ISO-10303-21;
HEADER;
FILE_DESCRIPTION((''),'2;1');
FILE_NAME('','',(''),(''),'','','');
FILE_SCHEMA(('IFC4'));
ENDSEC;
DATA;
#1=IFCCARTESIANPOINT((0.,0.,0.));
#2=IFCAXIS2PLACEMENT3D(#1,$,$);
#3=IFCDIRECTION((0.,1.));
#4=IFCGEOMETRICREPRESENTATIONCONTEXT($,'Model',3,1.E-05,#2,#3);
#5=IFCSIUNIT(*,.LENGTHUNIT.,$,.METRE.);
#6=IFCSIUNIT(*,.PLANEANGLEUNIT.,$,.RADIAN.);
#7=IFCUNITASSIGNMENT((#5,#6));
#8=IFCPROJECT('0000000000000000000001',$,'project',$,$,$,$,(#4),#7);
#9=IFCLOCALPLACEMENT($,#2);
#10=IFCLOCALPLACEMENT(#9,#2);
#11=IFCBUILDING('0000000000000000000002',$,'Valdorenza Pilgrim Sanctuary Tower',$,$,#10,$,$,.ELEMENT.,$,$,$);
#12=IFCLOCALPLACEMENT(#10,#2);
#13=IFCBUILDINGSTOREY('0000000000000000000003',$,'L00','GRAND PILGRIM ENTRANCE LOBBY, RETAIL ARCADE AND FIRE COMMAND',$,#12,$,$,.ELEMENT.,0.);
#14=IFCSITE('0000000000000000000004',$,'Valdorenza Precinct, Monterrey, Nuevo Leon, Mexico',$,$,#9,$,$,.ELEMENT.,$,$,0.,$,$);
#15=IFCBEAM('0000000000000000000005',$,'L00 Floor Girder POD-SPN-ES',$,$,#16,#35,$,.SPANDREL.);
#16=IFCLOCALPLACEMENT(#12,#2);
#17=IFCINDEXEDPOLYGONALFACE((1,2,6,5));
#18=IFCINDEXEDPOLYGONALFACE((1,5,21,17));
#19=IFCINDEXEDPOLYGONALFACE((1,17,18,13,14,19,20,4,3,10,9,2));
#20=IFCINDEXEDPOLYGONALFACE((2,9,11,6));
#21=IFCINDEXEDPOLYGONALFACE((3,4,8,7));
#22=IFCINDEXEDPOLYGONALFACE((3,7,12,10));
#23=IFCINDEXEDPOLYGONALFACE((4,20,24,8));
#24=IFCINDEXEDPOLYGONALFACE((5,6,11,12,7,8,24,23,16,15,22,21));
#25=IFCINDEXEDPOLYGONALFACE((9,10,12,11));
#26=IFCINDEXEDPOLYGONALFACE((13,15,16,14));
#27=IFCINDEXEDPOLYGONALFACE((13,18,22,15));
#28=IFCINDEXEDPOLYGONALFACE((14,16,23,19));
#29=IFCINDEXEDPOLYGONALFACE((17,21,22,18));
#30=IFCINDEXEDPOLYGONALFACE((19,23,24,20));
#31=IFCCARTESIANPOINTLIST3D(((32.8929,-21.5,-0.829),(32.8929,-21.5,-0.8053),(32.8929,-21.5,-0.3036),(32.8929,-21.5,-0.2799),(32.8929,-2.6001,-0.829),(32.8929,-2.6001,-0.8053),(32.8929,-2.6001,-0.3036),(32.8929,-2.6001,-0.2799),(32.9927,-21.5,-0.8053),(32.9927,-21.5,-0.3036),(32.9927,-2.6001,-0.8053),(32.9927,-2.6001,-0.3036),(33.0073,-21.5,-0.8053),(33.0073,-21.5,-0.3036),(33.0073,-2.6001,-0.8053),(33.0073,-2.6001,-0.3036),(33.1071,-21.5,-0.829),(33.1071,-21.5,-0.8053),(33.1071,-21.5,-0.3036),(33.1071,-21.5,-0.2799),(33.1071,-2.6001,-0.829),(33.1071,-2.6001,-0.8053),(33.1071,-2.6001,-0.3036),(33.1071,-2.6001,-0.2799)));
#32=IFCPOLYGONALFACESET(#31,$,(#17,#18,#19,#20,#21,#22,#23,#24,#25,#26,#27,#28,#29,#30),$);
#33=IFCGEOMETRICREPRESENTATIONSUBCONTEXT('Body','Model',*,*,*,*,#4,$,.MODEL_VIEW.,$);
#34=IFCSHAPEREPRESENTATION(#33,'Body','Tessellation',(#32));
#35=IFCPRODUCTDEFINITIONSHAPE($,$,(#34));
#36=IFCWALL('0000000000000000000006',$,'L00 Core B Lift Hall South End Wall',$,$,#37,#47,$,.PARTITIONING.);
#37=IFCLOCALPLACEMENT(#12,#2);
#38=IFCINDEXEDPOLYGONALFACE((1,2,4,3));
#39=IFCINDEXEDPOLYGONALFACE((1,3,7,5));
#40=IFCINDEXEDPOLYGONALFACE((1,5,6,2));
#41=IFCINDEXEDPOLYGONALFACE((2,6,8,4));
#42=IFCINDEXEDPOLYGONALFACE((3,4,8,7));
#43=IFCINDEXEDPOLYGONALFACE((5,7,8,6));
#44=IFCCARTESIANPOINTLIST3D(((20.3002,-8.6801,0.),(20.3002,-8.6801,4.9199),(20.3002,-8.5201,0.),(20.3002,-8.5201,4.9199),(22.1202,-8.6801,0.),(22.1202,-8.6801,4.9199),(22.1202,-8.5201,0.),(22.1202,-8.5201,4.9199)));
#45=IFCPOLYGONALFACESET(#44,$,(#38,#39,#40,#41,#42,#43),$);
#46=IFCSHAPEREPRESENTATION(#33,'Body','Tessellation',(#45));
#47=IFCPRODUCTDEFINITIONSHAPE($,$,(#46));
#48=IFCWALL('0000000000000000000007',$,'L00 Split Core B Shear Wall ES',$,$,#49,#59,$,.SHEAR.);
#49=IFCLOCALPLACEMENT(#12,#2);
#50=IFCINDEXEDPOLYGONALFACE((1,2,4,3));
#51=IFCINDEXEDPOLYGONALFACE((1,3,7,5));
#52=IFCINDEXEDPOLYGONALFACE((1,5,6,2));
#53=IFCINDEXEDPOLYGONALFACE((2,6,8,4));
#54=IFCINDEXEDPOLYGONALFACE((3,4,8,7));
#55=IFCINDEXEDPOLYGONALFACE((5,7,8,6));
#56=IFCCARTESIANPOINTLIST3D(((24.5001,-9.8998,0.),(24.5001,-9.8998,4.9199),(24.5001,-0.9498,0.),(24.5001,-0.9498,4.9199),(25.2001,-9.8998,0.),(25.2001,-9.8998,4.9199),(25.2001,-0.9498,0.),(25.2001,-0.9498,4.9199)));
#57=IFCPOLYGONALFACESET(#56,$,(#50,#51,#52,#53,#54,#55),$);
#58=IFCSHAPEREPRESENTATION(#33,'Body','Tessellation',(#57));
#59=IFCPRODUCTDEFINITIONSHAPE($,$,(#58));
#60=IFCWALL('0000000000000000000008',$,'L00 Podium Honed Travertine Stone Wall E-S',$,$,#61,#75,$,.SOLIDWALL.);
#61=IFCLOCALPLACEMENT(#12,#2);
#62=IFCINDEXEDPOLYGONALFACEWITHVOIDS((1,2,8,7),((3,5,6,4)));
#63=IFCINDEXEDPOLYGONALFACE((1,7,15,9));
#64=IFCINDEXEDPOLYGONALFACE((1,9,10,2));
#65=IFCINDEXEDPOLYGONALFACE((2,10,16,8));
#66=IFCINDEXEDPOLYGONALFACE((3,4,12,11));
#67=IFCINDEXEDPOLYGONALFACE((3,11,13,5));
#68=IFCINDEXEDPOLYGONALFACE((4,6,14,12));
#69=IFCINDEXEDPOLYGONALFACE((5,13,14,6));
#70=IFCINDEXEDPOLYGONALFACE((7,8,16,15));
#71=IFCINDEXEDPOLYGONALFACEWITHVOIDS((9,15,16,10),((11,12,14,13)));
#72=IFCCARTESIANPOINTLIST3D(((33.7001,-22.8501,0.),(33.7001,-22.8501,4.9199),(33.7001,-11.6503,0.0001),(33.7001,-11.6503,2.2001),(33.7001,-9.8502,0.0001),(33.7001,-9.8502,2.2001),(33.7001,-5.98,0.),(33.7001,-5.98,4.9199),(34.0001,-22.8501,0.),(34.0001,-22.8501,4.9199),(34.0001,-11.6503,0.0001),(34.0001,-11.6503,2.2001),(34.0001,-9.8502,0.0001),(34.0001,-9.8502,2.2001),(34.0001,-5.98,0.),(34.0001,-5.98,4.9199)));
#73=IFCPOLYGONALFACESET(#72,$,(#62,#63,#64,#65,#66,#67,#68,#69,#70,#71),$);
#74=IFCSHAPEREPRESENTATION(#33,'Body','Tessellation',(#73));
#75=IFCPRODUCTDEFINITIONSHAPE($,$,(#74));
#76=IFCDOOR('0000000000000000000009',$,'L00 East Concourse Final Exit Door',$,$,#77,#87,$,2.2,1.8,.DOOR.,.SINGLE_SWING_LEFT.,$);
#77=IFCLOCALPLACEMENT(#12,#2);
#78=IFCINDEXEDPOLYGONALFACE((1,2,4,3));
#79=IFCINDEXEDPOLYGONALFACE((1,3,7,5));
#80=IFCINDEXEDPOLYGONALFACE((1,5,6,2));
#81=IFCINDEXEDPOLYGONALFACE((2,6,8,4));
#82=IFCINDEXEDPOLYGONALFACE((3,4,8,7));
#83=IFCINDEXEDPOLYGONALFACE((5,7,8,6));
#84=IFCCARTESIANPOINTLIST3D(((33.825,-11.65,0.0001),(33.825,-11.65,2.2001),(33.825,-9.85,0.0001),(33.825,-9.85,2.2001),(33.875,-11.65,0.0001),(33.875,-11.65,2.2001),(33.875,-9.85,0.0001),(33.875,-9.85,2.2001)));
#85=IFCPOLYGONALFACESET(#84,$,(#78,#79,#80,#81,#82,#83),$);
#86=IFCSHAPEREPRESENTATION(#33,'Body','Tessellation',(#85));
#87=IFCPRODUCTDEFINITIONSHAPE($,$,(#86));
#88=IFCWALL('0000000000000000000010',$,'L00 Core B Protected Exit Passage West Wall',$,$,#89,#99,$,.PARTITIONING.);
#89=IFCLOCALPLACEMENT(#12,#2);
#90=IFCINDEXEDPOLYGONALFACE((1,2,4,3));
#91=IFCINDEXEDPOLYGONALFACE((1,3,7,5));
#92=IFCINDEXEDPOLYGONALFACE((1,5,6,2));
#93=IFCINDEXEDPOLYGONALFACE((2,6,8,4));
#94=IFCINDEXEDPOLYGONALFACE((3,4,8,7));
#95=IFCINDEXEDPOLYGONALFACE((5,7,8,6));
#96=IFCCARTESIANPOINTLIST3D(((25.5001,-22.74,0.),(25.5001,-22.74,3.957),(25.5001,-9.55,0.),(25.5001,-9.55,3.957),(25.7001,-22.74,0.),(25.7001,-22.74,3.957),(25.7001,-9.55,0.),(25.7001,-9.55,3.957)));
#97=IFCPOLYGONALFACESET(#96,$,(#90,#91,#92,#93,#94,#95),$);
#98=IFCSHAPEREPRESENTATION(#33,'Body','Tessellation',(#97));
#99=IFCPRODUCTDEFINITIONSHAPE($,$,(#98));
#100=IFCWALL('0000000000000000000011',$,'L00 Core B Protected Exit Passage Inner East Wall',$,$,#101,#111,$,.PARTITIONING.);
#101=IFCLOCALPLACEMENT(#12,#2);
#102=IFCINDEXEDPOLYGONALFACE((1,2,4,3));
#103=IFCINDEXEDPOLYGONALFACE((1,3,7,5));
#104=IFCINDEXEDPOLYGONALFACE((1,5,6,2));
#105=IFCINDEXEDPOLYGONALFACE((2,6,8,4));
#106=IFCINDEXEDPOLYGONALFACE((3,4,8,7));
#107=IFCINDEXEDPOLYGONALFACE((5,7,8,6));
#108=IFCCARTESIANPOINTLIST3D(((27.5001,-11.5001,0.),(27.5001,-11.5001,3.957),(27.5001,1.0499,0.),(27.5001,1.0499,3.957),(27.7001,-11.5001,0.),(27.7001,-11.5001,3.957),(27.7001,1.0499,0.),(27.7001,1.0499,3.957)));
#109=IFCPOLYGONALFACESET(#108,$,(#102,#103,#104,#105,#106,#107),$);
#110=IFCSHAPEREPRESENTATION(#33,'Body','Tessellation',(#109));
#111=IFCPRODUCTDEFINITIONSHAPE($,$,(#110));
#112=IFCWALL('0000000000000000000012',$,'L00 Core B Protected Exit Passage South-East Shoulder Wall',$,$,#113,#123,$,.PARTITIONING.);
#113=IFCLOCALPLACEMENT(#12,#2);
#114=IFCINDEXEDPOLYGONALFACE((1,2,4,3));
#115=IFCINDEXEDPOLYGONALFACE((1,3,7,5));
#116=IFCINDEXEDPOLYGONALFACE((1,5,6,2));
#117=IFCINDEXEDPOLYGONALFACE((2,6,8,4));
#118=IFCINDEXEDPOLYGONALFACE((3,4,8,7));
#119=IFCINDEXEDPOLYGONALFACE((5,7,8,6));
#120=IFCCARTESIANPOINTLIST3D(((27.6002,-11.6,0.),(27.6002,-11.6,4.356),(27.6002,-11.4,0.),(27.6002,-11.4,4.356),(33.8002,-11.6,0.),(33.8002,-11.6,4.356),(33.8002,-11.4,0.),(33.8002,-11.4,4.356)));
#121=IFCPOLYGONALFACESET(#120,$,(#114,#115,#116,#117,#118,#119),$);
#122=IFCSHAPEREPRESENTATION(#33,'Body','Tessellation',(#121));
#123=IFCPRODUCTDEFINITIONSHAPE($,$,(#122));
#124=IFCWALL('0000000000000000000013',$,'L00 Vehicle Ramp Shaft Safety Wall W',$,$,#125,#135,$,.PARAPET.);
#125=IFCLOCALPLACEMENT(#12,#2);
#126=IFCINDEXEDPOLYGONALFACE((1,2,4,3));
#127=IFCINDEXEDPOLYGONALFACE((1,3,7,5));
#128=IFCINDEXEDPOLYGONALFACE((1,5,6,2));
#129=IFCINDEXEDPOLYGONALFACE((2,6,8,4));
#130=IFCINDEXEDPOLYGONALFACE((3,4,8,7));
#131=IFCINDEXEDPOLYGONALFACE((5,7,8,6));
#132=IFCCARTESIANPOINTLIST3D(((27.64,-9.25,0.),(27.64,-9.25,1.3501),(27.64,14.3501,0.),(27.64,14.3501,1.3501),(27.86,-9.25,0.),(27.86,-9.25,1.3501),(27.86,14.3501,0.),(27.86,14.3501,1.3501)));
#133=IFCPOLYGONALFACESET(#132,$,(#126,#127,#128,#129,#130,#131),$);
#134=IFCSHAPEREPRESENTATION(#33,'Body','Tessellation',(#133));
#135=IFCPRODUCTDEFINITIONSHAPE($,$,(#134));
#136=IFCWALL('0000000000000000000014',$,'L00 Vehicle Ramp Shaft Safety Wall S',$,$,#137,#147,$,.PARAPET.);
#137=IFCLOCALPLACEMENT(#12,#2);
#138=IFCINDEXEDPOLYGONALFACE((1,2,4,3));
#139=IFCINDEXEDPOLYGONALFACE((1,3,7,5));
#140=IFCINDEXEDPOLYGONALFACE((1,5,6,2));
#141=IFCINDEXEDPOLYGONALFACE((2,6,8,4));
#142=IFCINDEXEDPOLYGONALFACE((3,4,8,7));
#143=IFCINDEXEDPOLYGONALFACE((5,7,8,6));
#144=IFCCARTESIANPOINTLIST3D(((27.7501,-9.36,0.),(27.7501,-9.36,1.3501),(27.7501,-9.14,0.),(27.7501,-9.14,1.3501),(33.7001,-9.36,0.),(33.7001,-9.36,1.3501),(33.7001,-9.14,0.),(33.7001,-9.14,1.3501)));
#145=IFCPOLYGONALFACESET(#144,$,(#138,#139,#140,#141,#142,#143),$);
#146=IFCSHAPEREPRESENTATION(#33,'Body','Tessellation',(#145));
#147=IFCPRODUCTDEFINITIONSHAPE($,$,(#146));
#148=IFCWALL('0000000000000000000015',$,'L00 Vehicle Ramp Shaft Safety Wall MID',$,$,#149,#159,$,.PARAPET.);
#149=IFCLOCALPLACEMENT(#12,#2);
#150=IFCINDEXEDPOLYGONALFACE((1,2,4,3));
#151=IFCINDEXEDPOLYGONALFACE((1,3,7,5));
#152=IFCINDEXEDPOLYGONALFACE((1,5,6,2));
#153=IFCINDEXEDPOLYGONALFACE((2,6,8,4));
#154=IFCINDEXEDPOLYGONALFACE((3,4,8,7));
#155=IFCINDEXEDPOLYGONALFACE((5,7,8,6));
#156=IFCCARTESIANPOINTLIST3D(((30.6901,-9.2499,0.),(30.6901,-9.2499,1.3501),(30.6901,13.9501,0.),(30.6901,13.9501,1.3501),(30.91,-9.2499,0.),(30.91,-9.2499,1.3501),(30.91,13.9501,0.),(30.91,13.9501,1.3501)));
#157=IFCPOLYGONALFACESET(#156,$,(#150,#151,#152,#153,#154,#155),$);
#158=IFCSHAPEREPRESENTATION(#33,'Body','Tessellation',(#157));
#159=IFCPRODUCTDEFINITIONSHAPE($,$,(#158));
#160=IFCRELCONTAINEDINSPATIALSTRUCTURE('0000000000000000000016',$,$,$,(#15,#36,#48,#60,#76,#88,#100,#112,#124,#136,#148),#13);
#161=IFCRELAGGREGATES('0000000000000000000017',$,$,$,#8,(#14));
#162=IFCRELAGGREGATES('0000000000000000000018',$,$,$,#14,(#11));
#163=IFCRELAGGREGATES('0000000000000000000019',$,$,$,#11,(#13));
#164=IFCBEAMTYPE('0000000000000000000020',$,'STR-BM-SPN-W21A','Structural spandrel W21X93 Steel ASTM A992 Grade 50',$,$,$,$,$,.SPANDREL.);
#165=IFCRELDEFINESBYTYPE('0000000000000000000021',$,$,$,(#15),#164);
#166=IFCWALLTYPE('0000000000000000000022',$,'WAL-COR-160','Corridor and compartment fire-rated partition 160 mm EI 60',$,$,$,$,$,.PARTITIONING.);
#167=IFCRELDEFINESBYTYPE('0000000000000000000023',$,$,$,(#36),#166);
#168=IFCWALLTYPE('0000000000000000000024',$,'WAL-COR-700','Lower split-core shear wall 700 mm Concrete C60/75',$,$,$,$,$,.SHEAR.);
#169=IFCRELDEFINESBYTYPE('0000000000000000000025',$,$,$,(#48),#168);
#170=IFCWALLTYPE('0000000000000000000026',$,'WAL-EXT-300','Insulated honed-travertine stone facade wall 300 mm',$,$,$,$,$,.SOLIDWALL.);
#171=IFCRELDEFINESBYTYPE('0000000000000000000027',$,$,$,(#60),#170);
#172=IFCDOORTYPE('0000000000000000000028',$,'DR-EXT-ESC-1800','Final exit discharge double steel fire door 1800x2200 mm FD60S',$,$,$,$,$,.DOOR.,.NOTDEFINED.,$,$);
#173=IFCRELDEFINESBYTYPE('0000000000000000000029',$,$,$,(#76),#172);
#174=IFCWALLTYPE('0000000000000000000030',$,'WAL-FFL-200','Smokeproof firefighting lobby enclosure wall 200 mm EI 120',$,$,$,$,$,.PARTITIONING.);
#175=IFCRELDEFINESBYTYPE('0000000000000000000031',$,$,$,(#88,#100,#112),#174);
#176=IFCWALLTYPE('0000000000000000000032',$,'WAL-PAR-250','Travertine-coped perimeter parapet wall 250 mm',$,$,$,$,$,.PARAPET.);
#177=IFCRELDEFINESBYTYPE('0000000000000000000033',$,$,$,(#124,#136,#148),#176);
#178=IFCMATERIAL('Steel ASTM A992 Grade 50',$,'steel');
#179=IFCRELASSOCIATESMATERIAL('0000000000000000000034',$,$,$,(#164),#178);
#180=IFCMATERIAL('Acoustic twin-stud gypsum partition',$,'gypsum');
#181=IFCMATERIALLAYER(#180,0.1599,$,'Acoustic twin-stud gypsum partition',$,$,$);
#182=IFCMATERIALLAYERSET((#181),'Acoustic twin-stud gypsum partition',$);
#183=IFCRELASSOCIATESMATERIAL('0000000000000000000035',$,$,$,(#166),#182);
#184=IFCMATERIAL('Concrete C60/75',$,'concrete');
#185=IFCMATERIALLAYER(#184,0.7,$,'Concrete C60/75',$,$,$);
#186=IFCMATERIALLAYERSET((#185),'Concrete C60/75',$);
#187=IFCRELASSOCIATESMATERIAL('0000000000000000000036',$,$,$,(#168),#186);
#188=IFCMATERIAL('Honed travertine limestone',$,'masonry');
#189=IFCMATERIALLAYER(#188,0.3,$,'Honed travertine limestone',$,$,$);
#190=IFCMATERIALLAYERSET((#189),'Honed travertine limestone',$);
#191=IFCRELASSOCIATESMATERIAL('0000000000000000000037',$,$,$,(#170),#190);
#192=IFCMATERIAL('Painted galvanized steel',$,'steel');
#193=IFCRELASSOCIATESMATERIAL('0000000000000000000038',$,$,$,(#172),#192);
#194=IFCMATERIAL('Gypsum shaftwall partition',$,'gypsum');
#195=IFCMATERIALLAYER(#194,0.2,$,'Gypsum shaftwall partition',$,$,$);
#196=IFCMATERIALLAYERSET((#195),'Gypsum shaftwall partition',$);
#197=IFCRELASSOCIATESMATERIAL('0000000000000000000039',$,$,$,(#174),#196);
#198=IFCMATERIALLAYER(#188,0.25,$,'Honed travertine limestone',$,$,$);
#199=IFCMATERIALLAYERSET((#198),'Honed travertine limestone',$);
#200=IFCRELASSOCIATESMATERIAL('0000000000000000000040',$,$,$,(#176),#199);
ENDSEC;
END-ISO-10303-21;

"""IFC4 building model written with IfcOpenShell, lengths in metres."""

from ifc_helpers import new_model, si_unit, direction, frame, frame_2d, origin, origin_2d, place, context, subcontext, project, spatial, rectangle, i_section, extrude, source, transform, mapped, material, layer, layer_set, material_profile, profile_set, type_object, element, fill, save


model = new_model("IFC4")

# Units and contexts
model_context = context("Model", 3, precision=1e-05, world=origin(), true_north=direction((0.0, 1.0)))
body_context = subcontext(model_context, "Body", "Model", "MODEL_VIEW")
ifc_project = project(units=[si_unit("LENGTHUNIT", "METRE"), si_unit("PLANEANGLEUNIT", "RADIAN")], contexts=[model_context])

# Site, building, storey
site_placement = place(None, origin())
site = spatial("IfcSite", under=ifc_project, at=site_placement, Name="Valdorenza Precinct, Monterrey, Nuevo Leon, Mexico", CompositionType="ELEMENT", RefElevation=0.0)
building_placement = place(site_placement, origin())
building = spatial("IfcBuilding", under=site, at=building_placement, Name="Valdorenza Pilgrim Sanctuary Tower", CompositionType="ELEMENT")
storey_placement = place(building_placement, origin())
storey = spatial("IfcBuildingStorey", under=building, at=storey_placement, Name="L00", Description="GRAND PILGRIM ENTRANCE LOBBY, RETAIL ARCADE AND FIRE COMMAND", CompositionType="ELEMENT", Elevation=0.0)

# Shared definitions
ifc_material_1 = material(Name="Concrete C60/75", Category="concrete")

# Beam
ifc_material_2 = material(Name="Steel ASTM A992 Grade 50", Category="steel")
ifc_material_profile_1 = material_profile(ifc_material_2, i_section(OverallWidth=0.2141, OverallDepth=0.5491, WebThickness=0.0146, FlangeThickness=0.0237, at=origin_2d()), Name="W21X93")
ifc_profile_set_1 = profile_set([ifc_material_profile_1], Name="Steel ASTM A992 Grade 50")
beam_type_1 = type_object("IfcBeamType", Name="STR-BM-SPN-W21A", Description="Structural spandrel W21X93 Steel ASTM A992 Grade 50", PredefinedType="SPANDREL", material=ifc_profile_set_1)
shared_shape_1 = source(origin(), body_context, "Body", "SweptSolid", [
    extrude(i_section(OverallWidth=0.2141, OverallDepth=0.5491, WebThickness=0.0146, FlangeThickness=0.0237, at=origin_2d()), origin(), (0.0, 0.0, 1.0), 18.8999),
])
beam_1_placement = place(storey_placement, frame((33.0, -21.5, -0.5544), z_axis=(0.0, 1.0, 0.0), x_axis=(-1.0, 0.0, 0.0)))
element("IfcBeam", 1, at=beam_1_placement, inside=storey, type_object=beam_type_1, Name="L00 Floor Girder POD-SPN-ES", PredefinedType="SPANDREL", context=body_context, shape_type="MappedRepresentation", body=[
    mapped(shared_shape_1, transform((0.0, 0.0, 0.0), x_axis=(1.0, 0.0, 0.0), y_axis=(0.0, 1.0, 0.0), z_axis=(0.0, 0.0, 1.0), scale=1.0)),
])

# Walls
ifc_material_3 = material(Name="Acoustic twin-stud gypsum partition", Category="gypsum")
ifc_layer_1 = layer(ifc_material_3, 0.1599, Name="Acoustic twin-stud gypsum partition")
ifc_layer_set_1 = layer_set([ifc_layer_1], Name="Acoustic twin-stud gypsum partition")
wall_type_1 = type_object("IfcWallType", Name="WAL-COR-160", Description="Corridor and compartment fire-rated partition 160 mm EI 60", PredefinedType="PARTITIONING", material=ifc_layer_set_1)
wall_1_placement = place(storey_placement, frame((20.3, -8.6001, 0.0), z_axis=(0.0, 0.0, 1.0), x_axis=(1.0, 0.0, 0.0)))
element("IfcWall", 2, at=wall_1_placement, inside=storey, type_object=wall_type_1, Name="L00 Core B Lift Hall South End Wall", PredefinedType="PARTITIONING", context=body_context, shape_type="SweptSolid", body=[
    extrude(rectangle(XDim=1.8201, YDim=0.1599, at=frame_2d((0.9102, 0.0))), origin(), (0.0, 0.0, 1.0), 4.9199),
])
ifc_layer_2 = layer(ifc_material_1, 0.7, Name="Concrete C60/75")
ifc_layer_set_2 = layer_set([ifc_layer_2], Name="Concrete C60/75")
wall_type_2 = type_object("IfcWallType", Name="WAL-COR-700", Description="Lower split-core shear wall 700 mm Concrete C60/75", PredefinedType="SHEAR", material=ifc_layer_set_2)
wall_2_placement = place(storey_placement, frame((24.8501, -9.8999, 0.0), z_axis=(0.0, 0.0, 1.0), x_axis=(0.0, 1.0, 0.0)))
element("IfcWall", 3, at=wall_2_placement, inside=storey, type_object=wall_type_2, Name="L00 Split Core B Shear Wall ES", PredefinedType="SHEAR", context=body_context, shape_type="SweptSolid", body=[
    extrude(rectangle(XDim=8.95, YDim=0.7, at=frame_2d((4.4751, 0.0))), origin(), (0.0, 0.0, 1.0), 4.9199),
])

# Wall, opening, door
ifc_material_4 = material(Name="Honed travertine limestone", Category="masonry")
ifc_layer_3 = layer(ifc_material_4, 0.3, Name="Honed travertine limestone")
ifc_layer_set_3 = layer_set([ifc_layer_3], Name="Honed travertine limestone")
wall_type_3 = type_object("IfcWallType", Name="WAL-EXT-300", Description="Insulated honed-travertine stone facade wall 300 mm", PredefinedType="SOLIDWALL", material=ifc_layer_set_3)
wall_3_placement = place(storey_placement, frame((33.8501, -22.8501, 0.0), z_axis=(0.0, 0.0, 1.0), x_axis=(0.0, 1.0, 0.0)))
wall_3 = element("IfcWall", 4, at=wall_3_placement, inside=storey, type_object=wall_type_3, Name="L00 Podium Honed Travertine Stone Wall E-S", PredefinedType="SOLIDWALL", context=body_context, shape_type="SweptSolid", body=[
    extrude(rectangle(XDim=16.8701, YDim=0.3, at=frame_2d((8.4351, 0.0))), origin(), (0.0, 0.0, 1.0), 4.9199),
])
opening_1_placement = place(wall_3_placement, frame((11.2, 0.0, 0.0)))
opening_1 = element("IfcOpeningElement", 5, at=opening_1_placement, cuts=wall_3, PredefinedType="OPENING", context=body_context, shape_type="SweptSolid", body=[
    extrude(rectangle(XDim=1.8, YDim=2.2, at=frame_2d((0.8999, 1.1001))), frame((0.0, 0.165, 0.0), z_axis=(0.0, -1.0, 0.0), x_axis=(1.0, 0.0, 0.0)), (0.0, 0.0, 1.0), 0.3298),
])
ifc_material_5 = material(Name="Painted galvanized steel", Category="steel")
door_type_1 = type_object("IfcDoorType", Name="DR-EXT-ESC-1800", Description="Final exit discharge double steel fire door 1800x2200 mm FD60S", OperationType="NOTDEFINED", PredefinedType="DOOR", material=ifc_material_5)
door_1_placement = place(opening_1_placement, frame((1.8, 0.0, 0.0), z_axis=(0.0, 0.0, 1.0), x_axis=(-1.0, 0.0, 0.0)))
door_1 = element("IfcDoor", 6, at=door_1_placement, inside=storey, type_object=door_type_1, Name="L00 East Concourse Final Exit Door", OperationType="SINGLE_SWING_LEFT", OverallHeight=2.2, OverallWidth=1.8, PredefinedType="DOOR", context=body_context, shape_type="SweptSolid", body=[
    extrude(rectangle(XDim=1.8, YDim=2.2, at=frame_2d((0.8999, 1.1001))), frame((0.0, 0.0249, 0.0), z_axis=(0.0, -1.0, 0.0), x_axis=(1.0, 0.0, 0.0)), (0.0, 0.0, 1.0), 0.05),
])
fill(opening_1, door_1)

# Walls
ifc_material_6 = material(Name="Gypsum shaftwall partition", Category="gypsum")
ifc_layer_4 = layer(ifc_material_6, 0.2, Name="Gypsum shaftwall partition")
ifc_layer_set_4 = layer_set([ifc_layer_4], Name="Gypsum shaftwall partition")
wall_type_4 = type_object("IfcWallType", Name="WAL-FFL-200", Description="Smokeproof firefighting lobby enclosure wall 200 mm EI 120", PredefinedType="PARTITIONING", material=ifc_layer_set_4)
wall_4_placement = place(storey_placement, frame((25.6001, -22.74, 0.0), z_axis=(0.0, 0.0, 1.0), x_axis=(0.0, 1.0, 0.0)))
element("IfcWall", 7, at=wall_4_placement, inside=storey, type_object=wall_type_4, Name="L00 Core B Protected Exit Passage West Wall", PredefinedType="PARTITIONING", context=body_context, shape_type="SweptSolid", body=[
    extrude(rectangle(XDim=13.1899, YDim=0.2, at=frame_2d((6.595, 0.0))), origin(), (0.0, 0.0, 1.0), 3.957),
])
wall_5_placement = place(storey_placement, frame((27.6001, -11.5, 0.0), z_axis=(0.0, 0.0, 1.0), x_axis=(0.0, 1.0, 0.0)))
element("IfcWall", 8, at=wall_5_placement, inside=storey, type_object=wall_type_4, Name="L00 Core B Protected Exit Passage Inner East Wall", PredefinedType="PARTITIONING", context=body_context, shape_type="SweptSolid", body=[
    extrude(rectangle(XDim=12.55, YDim=0.2, at=frame_2d((6.2749, 0.0))), origin(), (0.0, 0.0, 1.0), 3.957),
])
wall_6_placement = place(storey_placement, frame((27.6001, -11.5, 0.0), z_axis=(0.0, 0.0, 1.0), x_axis=(1.0, 0.0, 0.0)))
element("IfcWall", 9, at=wall_6_placement, inside=storey, type_object=wall_type_4, Name="L00 Core B Protected Exit Passage South-East Shoulder Wall", PredefinedType="PARTITIONING", context=body_context, shape_type="SweptSolid", body=[
    extrude(rectangle(XDim=6.2, YDim=0.2, at=frame_2d((3.1001, 0.0))), origin(), (0.0, 0.0, 1.0), 4.356),
])
ifc_layer_5 = layer(ifc_material_4, 0.25, Name="Honed travertine limestone")
ifc_layer_set_5 = layer_set([ifc_layer_5], Name="Honed travertine limestone")
wall_type_5 = type_object("IfcWallType", Name="WAL-PAR-250", Description="Travertine-coped perimeter parapet wall 250 mm", PredefinedType="PARAPET", material=ifc_layer_set_5)
wall_7_placement = place(storey_placement, frame((27.75, -9.25, 0.0), z_axis=(0.0, 0.0, 1.0), x_axis=(0.0, 1.0, 0.0)))
element("IfcWall", 10, at=wall_7_placement, inside=storey, type_object=wall_type_5, Name="L00 Vehicle Ramp Shaft Safety Wall W", PredefinedType="PARAPET", context=body_context, shape_type="SweptSolid", body=[
    extrude(rectangle(XDim=23.6001, YDim=0.22, at=frame_2d((11.8, 0.0))), origin(), (0.0, 0.0, 1.0), 1.3501),
])
wall_8_placement = place(storey_placement, frame((27.75, -9.25, 0.0), z_axis=(0.0, 0.0, 1.0), x_axis=(1.0, 0.0, 0.0)))
element("IfcWall", 11, at=wall_8_placement, inside=storey, type_object=wall_type_5, Name="L00 Vehicle Ramp Shaft Safety Wall S", PredefinedType="PARAPET", context=body_context, shape_type="SweptSolid", body=[
    extrude(rectangle(XDim=5.95, YDim=0.22, at=frame_2d((2.9751, 0.0))), origin(), (0.0, 0.0, 1.0), 1.3501),
])
wall_9_placement = place(storey_placement, frame((30.8, -9.25, 0.0), z_axis=(0.0, 0.0, 1.0), x_axis=(0.0, 1.0, 0.0)))
element("IfcWall", 12, at=wall_9_placement, inside=storey, type_object=wall_type_5, Name="L00 Vehicle Ramp Shaft Safety Wall MID", PredefinedType="PARAPET", context=body_context, shape_type="SweptSolid", body=[
    extrude(rectangle(XDim=23.2, YDim=0.22, at=frame_2d((11.6001, 0.0))), origin(), (0.0, 0.0, 1.0), 1.3501),
])

save(model, "model.ifc")
